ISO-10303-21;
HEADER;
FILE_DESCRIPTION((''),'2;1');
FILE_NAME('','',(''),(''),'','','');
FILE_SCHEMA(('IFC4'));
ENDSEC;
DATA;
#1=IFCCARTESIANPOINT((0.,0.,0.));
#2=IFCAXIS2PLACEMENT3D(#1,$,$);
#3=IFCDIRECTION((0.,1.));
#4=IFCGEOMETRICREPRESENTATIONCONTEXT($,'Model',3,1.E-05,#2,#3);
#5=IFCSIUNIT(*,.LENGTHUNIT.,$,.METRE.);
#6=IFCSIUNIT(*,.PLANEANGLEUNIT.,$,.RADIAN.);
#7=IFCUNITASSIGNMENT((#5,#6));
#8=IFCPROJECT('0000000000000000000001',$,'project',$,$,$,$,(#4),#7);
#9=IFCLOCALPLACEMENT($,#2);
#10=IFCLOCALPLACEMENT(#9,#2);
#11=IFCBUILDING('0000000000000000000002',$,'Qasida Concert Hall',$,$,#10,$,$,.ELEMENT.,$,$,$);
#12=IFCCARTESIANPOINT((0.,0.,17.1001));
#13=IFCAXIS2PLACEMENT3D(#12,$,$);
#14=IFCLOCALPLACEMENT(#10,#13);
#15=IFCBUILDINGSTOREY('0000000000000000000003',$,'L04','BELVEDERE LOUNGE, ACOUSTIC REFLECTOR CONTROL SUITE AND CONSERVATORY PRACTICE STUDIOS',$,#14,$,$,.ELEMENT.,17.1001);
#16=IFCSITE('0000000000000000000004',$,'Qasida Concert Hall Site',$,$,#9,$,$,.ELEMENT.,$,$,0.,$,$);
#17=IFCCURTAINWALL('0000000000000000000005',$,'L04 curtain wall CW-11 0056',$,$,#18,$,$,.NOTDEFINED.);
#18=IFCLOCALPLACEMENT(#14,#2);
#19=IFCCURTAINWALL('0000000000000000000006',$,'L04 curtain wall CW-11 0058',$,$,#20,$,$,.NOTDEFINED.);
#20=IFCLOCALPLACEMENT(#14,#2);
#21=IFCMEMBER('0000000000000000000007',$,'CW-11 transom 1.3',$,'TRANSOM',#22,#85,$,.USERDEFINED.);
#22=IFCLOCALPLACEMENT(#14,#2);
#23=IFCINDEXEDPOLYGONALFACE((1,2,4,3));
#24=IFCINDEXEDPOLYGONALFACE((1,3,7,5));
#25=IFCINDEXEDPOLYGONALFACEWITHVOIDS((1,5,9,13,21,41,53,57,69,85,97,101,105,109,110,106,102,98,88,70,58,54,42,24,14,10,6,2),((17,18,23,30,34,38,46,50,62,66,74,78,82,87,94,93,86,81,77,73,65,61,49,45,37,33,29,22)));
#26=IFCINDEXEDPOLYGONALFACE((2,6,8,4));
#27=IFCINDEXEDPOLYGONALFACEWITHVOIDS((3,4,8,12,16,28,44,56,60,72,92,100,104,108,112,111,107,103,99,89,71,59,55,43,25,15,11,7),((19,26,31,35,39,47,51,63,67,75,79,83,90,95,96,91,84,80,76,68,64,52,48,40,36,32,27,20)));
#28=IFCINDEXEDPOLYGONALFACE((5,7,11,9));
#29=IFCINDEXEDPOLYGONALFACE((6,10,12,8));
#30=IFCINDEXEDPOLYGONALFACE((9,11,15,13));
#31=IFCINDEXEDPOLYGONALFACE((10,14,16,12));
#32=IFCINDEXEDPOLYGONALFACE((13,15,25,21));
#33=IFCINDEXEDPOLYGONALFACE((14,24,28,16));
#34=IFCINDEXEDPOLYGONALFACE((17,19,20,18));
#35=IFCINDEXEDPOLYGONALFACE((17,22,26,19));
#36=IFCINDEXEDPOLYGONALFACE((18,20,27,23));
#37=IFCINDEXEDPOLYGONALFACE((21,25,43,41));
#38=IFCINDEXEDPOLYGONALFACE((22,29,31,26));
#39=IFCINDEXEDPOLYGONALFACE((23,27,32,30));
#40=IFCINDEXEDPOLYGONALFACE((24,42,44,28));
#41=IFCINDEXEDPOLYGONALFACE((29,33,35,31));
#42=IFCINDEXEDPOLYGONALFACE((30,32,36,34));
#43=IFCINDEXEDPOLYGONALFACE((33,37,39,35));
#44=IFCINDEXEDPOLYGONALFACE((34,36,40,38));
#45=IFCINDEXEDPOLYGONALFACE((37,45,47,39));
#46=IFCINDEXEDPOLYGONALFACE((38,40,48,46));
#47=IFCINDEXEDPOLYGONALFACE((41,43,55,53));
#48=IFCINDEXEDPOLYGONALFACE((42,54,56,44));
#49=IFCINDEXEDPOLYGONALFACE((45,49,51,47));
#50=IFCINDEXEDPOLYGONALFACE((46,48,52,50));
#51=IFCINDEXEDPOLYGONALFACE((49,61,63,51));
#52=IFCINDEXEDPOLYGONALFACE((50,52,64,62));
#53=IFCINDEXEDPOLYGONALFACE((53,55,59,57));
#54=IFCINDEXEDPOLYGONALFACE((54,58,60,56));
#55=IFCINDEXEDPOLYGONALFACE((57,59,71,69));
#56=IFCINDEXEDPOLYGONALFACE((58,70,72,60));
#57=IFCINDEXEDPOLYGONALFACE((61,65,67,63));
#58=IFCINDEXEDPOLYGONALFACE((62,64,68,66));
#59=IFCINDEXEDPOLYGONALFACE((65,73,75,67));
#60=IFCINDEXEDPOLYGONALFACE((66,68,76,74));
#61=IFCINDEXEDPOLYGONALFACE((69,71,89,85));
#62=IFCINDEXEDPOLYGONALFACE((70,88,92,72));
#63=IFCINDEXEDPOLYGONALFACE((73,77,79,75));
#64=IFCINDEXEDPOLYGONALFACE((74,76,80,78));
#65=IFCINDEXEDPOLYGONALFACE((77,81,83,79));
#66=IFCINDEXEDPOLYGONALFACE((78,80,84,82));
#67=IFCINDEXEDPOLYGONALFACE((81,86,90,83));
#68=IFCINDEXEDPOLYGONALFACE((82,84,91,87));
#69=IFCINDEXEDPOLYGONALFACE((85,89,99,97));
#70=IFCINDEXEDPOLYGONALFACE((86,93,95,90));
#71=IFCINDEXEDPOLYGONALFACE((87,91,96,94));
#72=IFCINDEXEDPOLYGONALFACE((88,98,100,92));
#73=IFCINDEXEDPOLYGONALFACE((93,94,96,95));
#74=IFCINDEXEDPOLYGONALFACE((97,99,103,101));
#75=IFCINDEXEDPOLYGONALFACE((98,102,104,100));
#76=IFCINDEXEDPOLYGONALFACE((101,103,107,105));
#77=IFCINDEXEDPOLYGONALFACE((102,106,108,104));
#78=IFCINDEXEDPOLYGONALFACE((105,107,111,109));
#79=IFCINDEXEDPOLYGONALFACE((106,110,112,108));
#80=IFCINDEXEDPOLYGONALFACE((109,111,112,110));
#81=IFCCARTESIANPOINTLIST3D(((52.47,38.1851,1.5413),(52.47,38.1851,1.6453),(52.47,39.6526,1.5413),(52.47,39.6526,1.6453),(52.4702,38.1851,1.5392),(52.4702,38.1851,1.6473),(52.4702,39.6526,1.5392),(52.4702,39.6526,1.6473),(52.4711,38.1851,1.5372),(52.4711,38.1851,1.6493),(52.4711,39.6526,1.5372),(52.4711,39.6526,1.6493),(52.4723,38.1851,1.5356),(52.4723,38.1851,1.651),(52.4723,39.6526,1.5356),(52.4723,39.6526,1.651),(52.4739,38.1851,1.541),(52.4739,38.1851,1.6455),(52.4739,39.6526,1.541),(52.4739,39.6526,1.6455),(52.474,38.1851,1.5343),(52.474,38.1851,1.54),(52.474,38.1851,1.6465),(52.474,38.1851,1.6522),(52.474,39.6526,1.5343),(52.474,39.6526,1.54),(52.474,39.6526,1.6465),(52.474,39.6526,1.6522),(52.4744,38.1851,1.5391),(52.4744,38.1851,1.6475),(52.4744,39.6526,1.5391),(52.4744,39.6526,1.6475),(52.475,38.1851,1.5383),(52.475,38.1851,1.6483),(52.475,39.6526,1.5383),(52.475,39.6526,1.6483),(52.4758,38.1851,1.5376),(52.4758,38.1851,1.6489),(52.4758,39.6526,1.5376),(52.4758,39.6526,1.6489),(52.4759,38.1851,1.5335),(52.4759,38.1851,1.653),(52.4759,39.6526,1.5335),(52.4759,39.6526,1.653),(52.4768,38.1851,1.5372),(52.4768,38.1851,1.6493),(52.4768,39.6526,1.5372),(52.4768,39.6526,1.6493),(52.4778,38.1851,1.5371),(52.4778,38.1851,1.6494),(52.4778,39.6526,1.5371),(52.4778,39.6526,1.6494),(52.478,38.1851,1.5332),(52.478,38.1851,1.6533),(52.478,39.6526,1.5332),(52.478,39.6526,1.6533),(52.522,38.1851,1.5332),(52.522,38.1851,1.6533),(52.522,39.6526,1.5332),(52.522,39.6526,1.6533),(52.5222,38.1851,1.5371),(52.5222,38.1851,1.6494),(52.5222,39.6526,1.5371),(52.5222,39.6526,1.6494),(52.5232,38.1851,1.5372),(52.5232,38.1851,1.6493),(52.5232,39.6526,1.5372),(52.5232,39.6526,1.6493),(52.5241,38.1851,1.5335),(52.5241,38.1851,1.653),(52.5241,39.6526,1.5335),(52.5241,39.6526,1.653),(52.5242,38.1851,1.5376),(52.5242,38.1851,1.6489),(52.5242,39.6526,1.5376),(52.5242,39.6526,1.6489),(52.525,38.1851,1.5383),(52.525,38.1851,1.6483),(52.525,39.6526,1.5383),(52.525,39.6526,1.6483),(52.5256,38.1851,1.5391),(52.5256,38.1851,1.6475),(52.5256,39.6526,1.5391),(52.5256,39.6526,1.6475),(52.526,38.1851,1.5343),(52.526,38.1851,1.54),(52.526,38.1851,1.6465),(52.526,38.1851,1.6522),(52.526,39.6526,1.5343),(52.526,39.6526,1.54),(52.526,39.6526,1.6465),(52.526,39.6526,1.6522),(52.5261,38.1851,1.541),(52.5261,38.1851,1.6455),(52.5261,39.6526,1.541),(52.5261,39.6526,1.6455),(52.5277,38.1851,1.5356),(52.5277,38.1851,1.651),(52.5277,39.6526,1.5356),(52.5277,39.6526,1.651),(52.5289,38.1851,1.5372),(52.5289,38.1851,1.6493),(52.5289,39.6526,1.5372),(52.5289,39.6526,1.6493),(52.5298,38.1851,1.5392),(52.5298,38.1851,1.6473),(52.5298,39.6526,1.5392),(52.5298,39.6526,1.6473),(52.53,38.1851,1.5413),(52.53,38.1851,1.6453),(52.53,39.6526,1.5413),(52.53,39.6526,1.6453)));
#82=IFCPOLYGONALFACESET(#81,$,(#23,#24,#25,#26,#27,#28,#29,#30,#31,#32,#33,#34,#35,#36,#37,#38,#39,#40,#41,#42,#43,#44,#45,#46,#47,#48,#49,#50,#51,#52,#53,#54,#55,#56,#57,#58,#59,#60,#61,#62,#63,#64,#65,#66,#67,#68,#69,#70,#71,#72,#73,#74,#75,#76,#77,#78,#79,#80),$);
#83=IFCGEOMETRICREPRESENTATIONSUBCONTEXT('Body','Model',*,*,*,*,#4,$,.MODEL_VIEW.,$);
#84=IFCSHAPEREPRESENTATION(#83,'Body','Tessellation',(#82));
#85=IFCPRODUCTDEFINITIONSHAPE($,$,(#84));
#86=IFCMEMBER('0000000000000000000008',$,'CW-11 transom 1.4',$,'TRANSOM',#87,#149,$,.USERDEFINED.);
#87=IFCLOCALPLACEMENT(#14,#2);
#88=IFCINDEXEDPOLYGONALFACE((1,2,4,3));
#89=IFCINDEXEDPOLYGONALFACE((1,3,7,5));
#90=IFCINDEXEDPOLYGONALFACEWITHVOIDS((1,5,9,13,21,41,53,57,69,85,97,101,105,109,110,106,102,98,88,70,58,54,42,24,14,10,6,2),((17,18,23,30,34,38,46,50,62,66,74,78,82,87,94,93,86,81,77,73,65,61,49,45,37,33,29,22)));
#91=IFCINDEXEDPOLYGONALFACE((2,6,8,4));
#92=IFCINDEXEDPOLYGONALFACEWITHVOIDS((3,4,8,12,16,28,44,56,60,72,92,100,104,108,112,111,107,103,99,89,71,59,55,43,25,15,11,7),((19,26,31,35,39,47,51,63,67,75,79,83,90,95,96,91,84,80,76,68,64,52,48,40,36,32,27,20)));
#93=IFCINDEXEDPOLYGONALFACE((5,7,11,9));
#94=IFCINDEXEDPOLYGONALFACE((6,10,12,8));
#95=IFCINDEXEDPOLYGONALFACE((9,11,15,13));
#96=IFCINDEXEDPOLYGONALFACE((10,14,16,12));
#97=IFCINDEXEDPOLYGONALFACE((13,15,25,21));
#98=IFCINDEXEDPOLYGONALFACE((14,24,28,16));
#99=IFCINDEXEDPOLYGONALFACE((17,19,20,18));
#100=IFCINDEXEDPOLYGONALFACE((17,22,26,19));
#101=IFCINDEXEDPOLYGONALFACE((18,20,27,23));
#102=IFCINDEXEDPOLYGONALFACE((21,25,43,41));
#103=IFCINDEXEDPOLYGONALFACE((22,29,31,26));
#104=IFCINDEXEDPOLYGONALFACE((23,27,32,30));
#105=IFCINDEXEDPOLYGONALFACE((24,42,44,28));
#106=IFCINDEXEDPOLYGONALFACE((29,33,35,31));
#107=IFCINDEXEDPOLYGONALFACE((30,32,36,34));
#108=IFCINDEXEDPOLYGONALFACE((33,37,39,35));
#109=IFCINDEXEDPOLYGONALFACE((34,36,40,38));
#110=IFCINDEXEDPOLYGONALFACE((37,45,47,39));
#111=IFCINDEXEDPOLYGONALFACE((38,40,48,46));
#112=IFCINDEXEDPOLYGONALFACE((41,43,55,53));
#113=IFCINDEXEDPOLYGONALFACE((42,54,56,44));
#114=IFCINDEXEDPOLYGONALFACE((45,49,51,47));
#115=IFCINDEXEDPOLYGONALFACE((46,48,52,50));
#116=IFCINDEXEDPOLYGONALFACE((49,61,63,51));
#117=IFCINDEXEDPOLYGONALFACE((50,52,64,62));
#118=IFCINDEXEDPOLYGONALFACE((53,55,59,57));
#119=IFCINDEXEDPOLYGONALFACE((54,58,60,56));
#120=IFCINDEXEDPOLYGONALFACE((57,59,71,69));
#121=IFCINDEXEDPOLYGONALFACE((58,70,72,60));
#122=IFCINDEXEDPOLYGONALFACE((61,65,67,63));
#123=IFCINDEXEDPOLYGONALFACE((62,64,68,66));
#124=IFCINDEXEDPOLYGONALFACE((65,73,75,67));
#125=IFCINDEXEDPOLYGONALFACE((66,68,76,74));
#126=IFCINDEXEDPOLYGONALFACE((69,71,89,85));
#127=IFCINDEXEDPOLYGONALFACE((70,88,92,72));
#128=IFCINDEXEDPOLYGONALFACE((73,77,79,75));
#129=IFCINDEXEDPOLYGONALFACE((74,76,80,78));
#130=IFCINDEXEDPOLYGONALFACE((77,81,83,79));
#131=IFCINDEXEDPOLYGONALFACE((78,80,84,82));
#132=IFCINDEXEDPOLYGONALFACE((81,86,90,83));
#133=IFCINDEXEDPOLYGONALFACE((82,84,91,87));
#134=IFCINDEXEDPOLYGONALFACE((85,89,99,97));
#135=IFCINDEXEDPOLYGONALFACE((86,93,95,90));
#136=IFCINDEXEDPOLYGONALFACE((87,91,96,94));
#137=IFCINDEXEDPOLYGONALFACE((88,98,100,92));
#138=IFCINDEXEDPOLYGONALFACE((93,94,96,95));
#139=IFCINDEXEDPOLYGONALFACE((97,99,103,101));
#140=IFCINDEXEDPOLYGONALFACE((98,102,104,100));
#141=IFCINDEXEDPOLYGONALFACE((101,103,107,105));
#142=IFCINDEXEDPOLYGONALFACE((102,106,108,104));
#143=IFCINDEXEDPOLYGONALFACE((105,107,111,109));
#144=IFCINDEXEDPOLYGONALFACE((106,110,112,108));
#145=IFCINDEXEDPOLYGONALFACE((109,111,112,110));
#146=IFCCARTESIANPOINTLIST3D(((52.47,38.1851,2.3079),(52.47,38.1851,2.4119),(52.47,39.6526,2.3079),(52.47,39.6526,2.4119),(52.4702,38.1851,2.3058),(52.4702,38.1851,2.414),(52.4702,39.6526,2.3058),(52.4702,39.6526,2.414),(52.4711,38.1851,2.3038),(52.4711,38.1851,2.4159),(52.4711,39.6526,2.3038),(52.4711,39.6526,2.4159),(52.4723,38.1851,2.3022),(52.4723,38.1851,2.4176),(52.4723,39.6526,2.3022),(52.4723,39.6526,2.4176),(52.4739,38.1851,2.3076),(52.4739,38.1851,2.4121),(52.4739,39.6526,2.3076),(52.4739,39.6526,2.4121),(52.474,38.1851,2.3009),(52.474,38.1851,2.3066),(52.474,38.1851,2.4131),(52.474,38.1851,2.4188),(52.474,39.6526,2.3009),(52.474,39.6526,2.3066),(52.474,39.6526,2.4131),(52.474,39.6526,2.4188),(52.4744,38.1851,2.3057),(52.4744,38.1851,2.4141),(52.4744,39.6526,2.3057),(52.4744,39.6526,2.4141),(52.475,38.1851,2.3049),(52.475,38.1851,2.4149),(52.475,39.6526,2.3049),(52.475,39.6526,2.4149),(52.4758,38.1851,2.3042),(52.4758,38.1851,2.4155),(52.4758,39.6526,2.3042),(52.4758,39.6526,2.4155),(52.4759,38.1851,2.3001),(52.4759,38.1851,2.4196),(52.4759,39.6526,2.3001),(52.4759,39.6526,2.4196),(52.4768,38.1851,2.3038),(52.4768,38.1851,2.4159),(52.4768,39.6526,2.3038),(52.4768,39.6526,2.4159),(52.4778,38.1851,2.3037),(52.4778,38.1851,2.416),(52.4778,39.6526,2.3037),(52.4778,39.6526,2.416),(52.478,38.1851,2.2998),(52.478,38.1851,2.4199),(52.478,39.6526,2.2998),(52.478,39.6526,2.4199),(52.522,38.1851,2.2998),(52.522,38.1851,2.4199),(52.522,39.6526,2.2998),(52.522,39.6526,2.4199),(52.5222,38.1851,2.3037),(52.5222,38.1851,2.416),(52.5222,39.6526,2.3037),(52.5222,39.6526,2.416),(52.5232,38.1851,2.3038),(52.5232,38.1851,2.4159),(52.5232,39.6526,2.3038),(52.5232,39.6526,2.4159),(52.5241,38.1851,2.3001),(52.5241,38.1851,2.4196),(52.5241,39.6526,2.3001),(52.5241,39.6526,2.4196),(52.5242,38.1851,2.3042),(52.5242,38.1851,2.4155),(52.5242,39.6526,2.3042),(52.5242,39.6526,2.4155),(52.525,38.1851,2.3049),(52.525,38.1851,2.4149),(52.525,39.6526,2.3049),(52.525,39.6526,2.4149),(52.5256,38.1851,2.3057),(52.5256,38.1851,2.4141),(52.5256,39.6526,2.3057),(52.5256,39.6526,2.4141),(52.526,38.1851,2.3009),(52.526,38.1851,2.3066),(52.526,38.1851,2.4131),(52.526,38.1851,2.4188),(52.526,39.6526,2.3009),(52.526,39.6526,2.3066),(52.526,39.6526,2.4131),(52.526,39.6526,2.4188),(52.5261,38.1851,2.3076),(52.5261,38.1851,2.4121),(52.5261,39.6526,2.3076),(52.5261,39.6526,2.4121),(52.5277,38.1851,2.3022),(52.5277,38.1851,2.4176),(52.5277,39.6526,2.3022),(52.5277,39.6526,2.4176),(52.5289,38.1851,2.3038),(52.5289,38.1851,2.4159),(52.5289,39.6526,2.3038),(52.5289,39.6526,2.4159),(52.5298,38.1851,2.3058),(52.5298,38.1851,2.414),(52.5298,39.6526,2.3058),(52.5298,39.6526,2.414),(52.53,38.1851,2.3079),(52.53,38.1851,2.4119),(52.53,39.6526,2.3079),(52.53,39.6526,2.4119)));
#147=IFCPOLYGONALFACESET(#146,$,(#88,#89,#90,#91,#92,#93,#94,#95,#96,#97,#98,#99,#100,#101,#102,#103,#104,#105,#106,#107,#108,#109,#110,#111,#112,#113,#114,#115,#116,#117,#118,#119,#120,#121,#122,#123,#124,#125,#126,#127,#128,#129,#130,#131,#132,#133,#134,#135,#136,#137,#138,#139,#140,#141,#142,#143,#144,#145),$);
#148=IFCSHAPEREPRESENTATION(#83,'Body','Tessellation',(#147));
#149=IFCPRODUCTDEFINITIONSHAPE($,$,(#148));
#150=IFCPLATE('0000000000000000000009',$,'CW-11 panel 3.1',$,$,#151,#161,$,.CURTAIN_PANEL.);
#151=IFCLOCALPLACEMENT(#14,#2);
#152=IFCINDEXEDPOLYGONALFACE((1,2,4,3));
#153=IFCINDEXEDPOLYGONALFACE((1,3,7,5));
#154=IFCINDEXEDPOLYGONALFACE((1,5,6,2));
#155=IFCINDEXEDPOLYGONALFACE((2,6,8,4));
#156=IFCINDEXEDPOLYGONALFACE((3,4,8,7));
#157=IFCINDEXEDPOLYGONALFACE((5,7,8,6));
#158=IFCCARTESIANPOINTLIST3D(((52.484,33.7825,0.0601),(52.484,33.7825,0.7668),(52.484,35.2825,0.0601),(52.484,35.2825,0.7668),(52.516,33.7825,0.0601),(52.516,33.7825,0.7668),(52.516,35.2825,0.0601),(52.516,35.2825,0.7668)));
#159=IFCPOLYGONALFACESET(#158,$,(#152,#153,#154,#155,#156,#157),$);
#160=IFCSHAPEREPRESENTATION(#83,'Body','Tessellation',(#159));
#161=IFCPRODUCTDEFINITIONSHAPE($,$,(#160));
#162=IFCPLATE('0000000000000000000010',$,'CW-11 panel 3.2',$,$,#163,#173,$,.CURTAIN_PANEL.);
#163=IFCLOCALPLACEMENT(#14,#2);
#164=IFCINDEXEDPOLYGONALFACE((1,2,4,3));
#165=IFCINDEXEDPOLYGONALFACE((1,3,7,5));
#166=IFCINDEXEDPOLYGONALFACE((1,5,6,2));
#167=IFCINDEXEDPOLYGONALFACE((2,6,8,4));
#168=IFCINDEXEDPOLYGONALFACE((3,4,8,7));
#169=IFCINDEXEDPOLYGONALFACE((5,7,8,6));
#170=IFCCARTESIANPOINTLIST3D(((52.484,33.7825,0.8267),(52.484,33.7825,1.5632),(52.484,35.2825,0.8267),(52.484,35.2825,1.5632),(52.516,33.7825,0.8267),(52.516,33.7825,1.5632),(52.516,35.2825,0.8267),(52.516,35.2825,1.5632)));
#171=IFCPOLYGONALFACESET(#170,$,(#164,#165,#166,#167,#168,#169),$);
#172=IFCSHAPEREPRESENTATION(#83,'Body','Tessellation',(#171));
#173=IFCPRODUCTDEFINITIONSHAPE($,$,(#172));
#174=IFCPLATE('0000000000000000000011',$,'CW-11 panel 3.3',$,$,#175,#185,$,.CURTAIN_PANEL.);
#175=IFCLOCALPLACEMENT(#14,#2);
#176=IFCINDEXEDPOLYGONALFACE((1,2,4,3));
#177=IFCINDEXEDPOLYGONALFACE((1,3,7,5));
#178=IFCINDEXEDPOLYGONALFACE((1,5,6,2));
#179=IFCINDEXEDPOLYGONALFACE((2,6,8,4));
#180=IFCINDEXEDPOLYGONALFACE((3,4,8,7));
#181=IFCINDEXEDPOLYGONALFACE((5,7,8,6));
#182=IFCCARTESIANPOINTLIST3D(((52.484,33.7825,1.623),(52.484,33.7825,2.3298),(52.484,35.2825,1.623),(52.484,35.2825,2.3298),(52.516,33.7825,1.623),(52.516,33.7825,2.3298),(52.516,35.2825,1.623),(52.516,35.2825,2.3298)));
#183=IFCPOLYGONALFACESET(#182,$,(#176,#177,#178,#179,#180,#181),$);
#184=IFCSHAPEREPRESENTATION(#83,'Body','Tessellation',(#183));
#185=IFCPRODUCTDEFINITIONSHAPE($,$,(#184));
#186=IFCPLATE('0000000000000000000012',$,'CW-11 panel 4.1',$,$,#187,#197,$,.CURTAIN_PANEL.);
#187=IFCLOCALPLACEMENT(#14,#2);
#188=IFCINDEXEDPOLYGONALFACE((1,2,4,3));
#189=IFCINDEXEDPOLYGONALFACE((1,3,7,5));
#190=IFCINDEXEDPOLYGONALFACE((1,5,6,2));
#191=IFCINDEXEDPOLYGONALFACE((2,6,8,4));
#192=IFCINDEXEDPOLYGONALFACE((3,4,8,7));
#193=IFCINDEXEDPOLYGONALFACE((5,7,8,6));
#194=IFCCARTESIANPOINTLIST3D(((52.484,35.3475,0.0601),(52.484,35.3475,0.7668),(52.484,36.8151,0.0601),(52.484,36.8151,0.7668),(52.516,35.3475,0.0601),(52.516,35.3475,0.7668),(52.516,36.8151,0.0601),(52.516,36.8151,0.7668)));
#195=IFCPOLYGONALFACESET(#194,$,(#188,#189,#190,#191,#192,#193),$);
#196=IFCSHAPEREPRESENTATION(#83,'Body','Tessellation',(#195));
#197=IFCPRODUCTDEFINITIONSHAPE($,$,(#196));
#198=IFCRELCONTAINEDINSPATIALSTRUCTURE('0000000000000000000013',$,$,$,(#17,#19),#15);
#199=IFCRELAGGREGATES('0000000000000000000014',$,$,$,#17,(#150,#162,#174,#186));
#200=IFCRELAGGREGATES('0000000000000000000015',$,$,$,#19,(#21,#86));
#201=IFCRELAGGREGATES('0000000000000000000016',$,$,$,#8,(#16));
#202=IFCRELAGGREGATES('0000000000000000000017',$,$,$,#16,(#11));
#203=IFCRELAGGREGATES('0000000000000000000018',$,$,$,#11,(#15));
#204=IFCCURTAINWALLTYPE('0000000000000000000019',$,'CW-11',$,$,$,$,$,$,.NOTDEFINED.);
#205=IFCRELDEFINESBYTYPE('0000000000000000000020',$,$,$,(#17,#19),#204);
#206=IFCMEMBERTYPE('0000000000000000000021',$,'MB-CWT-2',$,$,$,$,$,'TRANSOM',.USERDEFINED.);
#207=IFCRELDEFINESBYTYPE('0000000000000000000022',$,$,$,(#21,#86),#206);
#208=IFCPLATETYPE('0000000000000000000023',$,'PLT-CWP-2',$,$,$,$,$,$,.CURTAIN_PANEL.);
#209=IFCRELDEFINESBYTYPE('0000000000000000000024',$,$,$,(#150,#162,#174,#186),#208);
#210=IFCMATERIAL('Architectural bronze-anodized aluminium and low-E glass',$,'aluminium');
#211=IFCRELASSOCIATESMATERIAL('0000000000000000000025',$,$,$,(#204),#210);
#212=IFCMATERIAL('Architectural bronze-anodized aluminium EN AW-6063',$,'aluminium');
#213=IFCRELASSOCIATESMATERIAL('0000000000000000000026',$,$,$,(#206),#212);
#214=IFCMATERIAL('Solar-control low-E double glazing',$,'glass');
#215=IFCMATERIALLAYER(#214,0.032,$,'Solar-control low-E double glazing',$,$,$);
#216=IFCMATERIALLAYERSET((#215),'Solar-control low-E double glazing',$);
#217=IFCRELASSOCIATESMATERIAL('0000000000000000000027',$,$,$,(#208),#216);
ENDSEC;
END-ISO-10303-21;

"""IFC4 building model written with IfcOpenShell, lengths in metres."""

from ifc_helpers import new_model, si_unit, direction, frame, origin, origin_2d, place, context, subcontext, project, spatial, rectangle, hollow_rectangle, extrude, material, layer, layer_set, material_profile, profile_set, type_object, element, aggregate, save


model = new_model("IFC4")

# Units and contexts
model_context = context("Model", 3, precision=1e-05, world=origin(), true_north=direction((0.0, 1.0)))
body_context = subcontext(model_context, "Body", "Model", "MODEL_VIEW")
ifc_project = project(units=[si_unit("LENGTHUNIT", "METRE"), si_unit("PLANEANGLEUNIT", "RADIAN")], contexts=[model_context])

# Site, building, storey
site_placement = place(None, origin())
site = spatial("IfcSite", under=ifc_project, at=site_placement, Name="Qasida Concert Hall Site", CompositionType="ELEMENT", RefElevation=0.0)
building_placement = place(site_placement, origin())
building = spatial("IfcBuilding", under=site, at=building_placement, Name="Qasida Concert Hall", CompositionType="ELEMENT")
storey_placement = place(building_placement, frame((0.0, 0.0, 17.1001)))
storey = spatial("IfcBuildingStorey", under=building, at=storey_placement, Name="L04", Description="BELVEDERE LOUNGE, ACOUSTIC REFLECTOR CONTROL SUITE AND CONSERVATORY PRACTICE STUDIOS", CompositionType="ELEMENT", Elevation=17.1001)

# Curtain wall
ifc_material_1 = material(Name="Architectural bronze-anodized aluminium and low-E glass", Category="aluminium")
curtain_wall_type = type_object("IfcCurtainWallType", Name="CW-11", PredefinedType="NOTDEFINED", material=ifc_material_1)
curtain_wall_1_placement = place(storey_placement, origin())
curtain_wall_1 = element("IfcCurtainWall", 1, at=curtain_wall_1_placement, inside=storey, type_object=curtain_wall_type, Name="L04 curtain wall CW-11 0056", PredefinedType="NOTDEFINED")
ifc_material_2 = material(Name="Architectural bronze-anodized aluminium EN AW-6063", Category="aluminium")

# Curtain wall
curtain_wall_2_placement = place(storey_placement, origin())
curtain_wall_2 = element("IfcCurtainWall", 2, at=curtain_wall_2_placement, inside=storey, type_object=curtain_wall_type, Name="L04 curtain wall CW-11 0058", PredefinedType="NOTDEFINED")

# Members
ifc_material_profile_1 = material_profile(ifc_material_2, hollow_rectangle(XDim=0.0601, YDim=0.1201, WallThickness=0.0039, InnerFilletRadius=0.0039, OuterFilletRadius=0.0081, at=origin_2d()), Name="CWT 120x60x4")
ifc_profile_set_1 = profile_set([ifc_material_profile_1], Name="Architectural bronze-anodized aluminium EN AW-6063")
member_type_1 = type_object("IfcMemberType", Name="MB-CWT-2", ElementType="TRANSOM", PredefinedType="USERDEFINED", material=ifc_profile_set_1)
member_1_placement = place(storey_placement, frame((52.5, 38.1851, 1.5933), z_axis=(0.0, 1.0, 0.0), x_axis=(-1.0, 0.0, 0.0)))
member_1 = element("IfcMember", 3, at=member_1_placement, type_object=member_type_1, Name="CW-11 transom 1.3", ObjectType="TRANSOM", PredefinedType="USERDEFINED", context=body_context, shape_type="SweptSolid", body=[
    extrude(hollow_rectangle(XDim=0.0601, YDim=0.1201, WallThickness=0.0039, InnerFilletRadius=0.0039, OuterFilletRadius=0.0081, at=origin_2d()), origin(), (0.0, 0.0, 1.0), 1.4675),
])
member_2_placement = place(storey_placement, frame((52.5, 38.1851, 2.3599), z_axis=(0.0, 1.0, 0.0), x_axis=(-1.0, 0.0, 0.0)))
member_2 = element("IfcMember", 4, at=member_2_placement, type_object=member_type_1, Name="CW-11 transom 1.4", ObjectType="TRANSOM", PredefinedType="USERDEFINED", context=body_context, shape_type="SweptSolid", body=[
    extrude(hollow_rectangle(XDim=0.0601, YDim=0.1201, WallThickness=0.0039, InnerFilletRadius=0.0039, OuterFilletRadius=0.0081, at=origin_2d()), origin(), (0.0, 0.0, 1.0), 1.4675),
])

# Plates
ifc_material_3 = material(Name="Solar-control low-E double glazing", Category="glass")
ifc_layer = layer(ifc_material_3, 0.032, Name="Solar-control low-E double glazing")
ifc_layer_set = layer_set([ifc_layer], Name="Solar-control low-E double glazing")
plate_type = type_object("IfcPlateType", Name="PLT-CWP-2", PredefinedType="CURTAIN_PANEL", material=ifc_layer_set)
plate_1_placement = place(storey_placement, frame((52.5, 34.5325, 0.0601), z_axis=(0.0, 0.0, 1.0), x_axis=(0.0, 1.0, 0.0)))
plate_1 = element("IfcPlate", 5, at=plate_1_placement, type_object=plate_type, Name="CW-11 panel 3.1", PredefinedType="CURTAIN_PANEL", context=body_context, shape_type="SweptSolid", body=[
    extrude(rectangle(XDim=1.5, YDim=0.032, at=origin_2d()), origin(), (0.0, 0.0, 1.0), 0.7068),
])
plate_2_placement = place(storey_placement, frame((52.5, 34.5325, 0.8267), z_axis=(0.0, 0.0, 1.0), x_axis=(0.0, 1.0, 0.0)))
plate_2 = element("IfcPlate", 6, at=plate_2_placement, type_object=plate_type, Name="CW-11 panel 3.2", PredefinedType="CURTAIN_PANEL", context=body_context, shape_type="SweptSolid", body=[
    extrude(rectangle(XDim=1.5, YDim=0.032, at=origin_2d()), origin(), (0.0, 0.0, 1.0), 0.7366),
])
plate_3_placement = place(storey_placement, frame((52.5, 34.5325, 1.623), z_axis=(0.0, 0.0, 1.0), x_axis=(0.0, 1.0, 0.0)))
plate_3 = element("IfcPlate", 7, at=plate_3_placement, type_object=plate_type, Name="CW-11 panel 3.3", PredefinedType="CURTAIN_PANEL", context=body_context, shape_type="SweptSolid", body=[
    extrude(rectangle(XDim=1.5, YDim=0.032, at=origin_2d()), origin(), (0.0, 0.0, 1.0), 0.7068),
])
plate_4_placement = place(storey_placement, frame((52.5, 36.0813, 0.0601), z_axis=(0.0, 0.0, 1.0), x_axis=(0.0, 1.0, 0.0)))
plate_4 = element("IfcPlate", 8, at=plate_4_placement, type_object=plate_type, Name="CW-11 panel 4.1", PredefinedType="CURTAIN_PANEL", context=body_context, shape_type="SweptSolid", body=[
    extrude(rectangle(XDim=1.4675, YDim=0.032, at=origin_2d()), origin(), (0.0, 0.0, 1.0), 0.7068),
])
aggregate(curtain_wall_1, [plate_1, plate_2, plate_3, plate_4])
aggregate(curtain_wall_2, [member_1, member_2])

save(model, "model.ifc")
